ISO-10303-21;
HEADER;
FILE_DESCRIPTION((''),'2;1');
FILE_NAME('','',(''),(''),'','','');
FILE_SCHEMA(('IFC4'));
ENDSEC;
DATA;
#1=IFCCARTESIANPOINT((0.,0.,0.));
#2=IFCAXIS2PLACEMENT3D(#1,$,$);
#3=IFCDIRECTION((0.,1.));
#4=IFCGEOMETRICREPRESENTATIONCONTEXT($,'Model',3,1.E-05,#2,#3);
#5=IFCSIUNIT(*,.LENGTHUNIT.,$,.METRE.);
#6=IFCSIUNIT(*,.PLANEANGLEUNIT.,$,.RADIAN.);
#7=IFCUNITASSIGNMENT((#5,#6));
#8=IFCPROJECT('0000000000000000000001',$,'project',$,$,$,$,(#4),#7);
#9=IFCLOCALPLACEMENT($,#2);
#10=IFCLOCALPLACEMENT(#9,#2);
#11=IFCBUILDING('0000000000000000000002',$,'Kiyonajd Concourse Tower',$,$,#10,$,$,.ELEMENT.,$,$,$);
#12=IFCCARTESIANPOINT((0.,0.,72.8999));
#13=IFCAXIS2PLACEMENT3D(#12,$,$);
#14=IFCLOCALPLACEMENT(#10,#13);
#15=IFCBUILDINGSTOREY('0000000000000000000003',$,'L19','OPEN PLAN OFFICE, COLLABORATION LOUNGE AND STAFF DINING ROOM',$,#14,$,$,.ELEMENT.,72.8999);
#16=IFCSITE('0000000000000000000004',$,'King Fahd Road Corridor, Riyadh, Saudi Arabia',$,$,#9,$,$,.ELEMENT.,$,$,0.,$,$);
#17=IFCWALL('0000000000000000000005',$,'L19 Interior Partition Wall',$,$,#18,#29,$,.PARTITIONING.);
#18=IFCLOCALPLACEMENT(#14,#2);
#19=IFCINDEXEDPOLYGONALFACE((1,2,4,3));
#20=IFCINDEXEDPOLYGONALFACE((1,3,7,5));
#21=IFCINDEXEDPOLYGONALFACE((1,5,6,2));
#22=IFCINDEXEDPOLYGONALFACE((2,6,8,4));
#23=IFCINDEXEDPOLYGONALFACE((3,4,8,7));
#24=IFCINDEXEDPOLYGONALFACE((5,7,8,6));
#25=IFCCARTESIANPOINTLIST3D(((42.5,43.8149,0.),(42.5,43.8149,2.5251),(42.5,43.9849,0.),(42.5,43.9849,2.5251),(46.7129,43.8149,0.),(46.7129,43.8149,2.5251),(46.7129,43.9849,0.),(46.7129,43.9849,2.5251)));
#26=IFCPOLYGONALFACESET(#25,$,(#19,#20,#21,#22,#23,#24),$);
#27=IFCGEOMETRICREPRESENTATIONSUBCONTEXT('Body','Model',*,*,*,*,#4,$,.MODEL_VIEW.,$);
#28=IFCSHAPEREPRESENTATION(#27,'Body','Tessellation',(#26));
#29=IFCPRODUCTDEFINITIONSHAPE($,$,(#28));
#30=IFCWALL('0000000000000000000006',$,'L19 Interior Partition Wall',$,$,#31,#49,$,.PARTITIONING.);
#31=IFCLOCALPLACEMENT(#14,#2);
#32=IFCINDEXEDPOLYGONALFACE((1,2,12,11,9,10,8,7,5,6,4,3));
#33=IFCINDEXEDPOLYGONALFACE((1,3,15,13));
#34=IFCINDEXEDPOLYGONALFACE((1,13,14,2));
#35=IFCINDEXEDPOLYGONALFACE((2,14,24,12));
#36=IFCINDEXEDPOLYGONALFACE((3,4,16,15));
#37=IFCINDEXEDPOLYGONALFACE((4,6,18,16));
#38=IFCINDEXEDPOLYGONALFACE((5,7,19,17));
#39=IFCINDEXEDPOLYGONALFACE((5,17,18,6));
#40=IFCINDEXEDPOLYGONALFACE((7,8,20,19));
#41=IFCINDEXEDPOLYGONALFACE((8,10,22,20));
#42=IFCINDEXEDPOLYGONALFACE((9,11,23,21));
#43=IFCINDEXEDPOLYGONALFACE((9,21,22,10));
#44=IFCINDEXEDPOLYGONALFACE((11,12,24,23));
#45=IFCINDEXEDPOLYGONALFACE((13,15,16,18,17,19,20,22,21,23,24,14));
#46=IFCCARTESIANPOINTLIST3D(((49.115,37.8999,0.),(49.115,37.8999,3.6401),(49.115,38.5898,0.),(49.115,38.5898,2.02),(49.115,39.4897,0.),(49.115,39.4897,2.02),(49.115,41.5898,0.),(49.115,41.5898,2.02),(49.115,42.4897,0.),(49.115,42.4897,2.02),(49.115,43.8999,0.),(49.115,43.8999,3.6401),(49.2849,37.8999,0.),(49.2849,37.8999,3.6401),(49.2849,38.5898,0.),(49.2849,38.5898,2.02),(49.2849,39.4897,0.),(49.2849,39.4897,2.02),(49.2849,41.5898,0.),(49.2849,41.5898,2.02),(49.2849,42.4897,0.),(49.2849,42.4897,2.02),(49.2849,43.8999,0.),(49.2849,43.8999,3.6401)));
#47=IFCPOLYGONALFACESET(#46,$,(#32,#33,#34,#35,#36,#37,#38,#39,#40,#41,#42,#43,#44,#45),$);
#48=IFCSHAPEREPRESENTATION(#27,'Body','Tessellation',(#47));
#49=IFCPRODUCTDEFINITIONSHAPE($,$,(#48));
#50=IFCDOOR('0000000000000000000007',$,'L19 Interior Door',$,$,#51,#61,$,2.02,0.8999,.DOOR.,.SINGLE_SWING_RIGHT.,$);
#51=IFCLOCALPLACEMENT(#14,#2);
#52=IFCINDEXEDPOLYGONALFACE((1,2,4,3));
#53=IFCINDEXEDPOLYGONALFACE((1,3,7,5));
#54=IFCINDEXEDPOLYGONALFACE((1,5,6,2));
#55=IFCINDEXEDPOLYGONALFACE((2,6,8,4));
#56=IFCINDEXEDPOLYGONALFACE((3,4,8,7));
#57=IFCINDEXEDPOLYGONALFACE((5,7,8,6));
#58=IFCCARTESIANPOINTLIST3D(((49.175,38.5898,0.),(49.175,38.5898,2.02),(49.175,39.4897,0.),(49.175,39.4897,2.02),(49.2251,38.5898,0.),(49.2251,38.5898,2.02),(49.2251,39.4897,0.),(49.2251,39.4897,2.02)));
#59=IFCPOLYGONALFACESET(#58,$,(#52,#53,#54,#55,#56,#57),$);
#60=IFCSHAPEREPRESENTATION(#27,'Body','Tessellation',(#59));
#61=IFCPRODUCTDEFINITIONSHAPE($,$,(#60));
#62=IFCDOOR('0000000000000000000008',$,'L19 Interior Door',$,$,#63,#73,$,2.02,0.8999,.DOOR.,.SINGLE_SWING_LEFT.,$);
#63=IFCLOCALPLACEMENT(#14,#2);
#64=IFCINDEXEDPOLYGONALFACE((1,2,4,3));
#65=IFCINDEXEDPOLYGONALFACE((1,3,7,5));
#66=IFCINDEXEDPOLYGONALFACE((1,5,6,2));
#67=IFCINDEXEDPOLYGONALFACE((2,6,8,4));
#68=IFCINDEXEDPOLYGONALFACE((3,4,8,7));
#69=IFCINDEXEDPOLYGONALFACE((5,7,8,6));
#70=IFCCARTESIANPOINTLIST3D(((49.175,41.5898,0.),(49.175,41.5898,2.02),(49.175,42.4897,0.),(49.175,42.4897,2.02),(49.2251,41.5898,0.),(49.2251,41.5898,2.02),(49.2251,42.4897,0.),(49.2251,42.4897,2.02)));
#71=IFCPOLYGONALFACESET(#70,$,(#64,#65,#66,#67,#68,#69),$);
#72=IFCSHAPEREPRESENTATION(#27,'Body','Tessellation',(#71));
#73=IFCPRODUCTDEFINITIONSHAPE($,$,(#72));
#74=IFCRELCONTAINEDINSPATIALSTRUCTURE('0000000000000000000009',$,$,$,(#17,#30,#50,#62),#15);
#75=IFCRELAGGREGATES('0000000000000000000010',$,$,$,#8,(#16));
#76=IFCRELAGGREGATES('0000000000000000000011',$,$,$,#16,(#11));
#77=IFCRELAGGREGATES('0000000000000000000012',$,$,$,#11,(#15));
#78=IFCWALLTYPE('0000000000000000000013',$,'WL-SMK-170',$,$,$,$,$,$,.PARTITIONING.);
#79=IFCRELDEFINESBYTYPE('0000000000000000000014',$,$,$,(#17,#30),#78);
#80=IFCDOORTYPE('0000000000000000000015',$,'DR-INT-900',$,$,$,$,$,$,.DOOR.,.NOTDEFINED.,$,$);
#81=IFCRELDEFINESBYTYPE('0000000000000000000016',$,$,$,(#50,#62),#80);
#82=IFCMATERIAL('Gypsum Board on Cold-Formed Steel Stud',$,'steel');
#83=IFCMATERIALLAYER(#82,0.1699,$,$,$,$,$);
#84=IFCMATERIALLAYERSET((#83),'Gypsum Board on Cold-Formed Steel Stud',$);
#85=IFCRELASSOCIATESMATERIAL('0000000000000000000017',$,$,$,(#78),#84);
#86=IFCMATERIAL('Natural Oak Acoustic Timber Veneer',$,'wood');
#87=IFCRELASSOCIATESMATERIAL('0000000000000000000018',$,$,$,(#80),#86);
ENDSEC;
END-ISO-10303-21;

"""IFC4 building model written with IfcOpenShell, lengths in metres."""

from ifc_helpers import new_model, si_unit, direction, frame, frame_2d, origin, place, context, subcontext, project, spatial, rectangle, extrude, material, layer, layer_set, type_object, element, fill, save


model = new_model("IFC4")

# Units and contexts
model_context = context("Model", 3, precision=1e-05, world=origin(), true_north=direction((0.0, 1.0)))
body_context = subcontext(model_context, "Body", "Model", "MODEL_VIEW")
ifc_project = project(units=[si_unit("LENGTHUNIT", "METRE"), si_unit("PLANEANGLEUNIT", "RADIAN")], contexts=[model_context])

# Site, building, storey
site_placement = place(None, origin())
site = spatial("IfcSite", under=ifc_project, at=site_placement, Name="King Fahd Road Corridor, Riyadh, Saudi Arabia", CompositionType="ELEMENT", RefElevation=0.0)
building_placement = place(site_placement, origin())
building = spatial("IfcBuilding", under=site, at=building_placement, Name="Kiyonajd Concourse Tower", CompositionType="ELEMENT")
storey_placement = place(building_placement, frame((0.0, 0.0, 72.8999)))
storey = spatial("IfcBuildingStorey", under=building, at=storey_placement, Name="L19", Description="OPEN PLAN OFFICE, COLLABORATION LOUNGE AND STAFF DINING ROOM", CompositionType="ELEMENT", Elevation=72.8999)

# Shared definitions
ifc_material_1 = material(Name="Gypsum Board on Cold-Formed Steel Stud", Category="steel")

# Shared definitions
ifc_layer_1 = layer(ifc_material_1, 0.1699)
ifc_layer_set_1 = layer_set([ifc_layer_1], Name="Gypsum Board on Cold-Formed Steel Stud")
wall_type_1 = type_object("IfcWallType", Name="WL-SMK-170", PredefinedType="PARTITIONING", material=ifc_layer_set_1)
ifc_material_2 = material(Name="Natural Oak Acoustic Timber Veneer", Category="wood")
door_type = type_object("IfcDoorType", Name="DR-INT-900", OperationType="NOTDEFINED", PredefinedType="DOOR", material=ifc_material_2)

# Wall
wall_1_placement = place(storey_placement, frame((42.5, 43.8999, 0.0), z_axis=(0.0, 0.0, 1.0), x_axis=(1.0, 0.0, 0.0)))
element("IfcWall", 1, at=wall_1_placement, inside=storey, type_object=wall_type_1, Name="L19 Interior Partition Wall", PredefinedType="PARTITIONING", context=body_context, shape_type="SweptSolid", body=[
    extrude(rectangle(XDim=4.2129, YDim=0.1699, at=frame_2d((2.1064, 0.0))), origin(), (0.0, 0.0, 1.0), 2.5251),
])

# Wall, openings, doors
wall_2_placement = place(storey_placement, frame((49.2, 37.8999, 0.0), z_axis=(0.0, 0.0, 1.0), x_axis=(0.0, 1.0, 0.0)))
wall_2 = element("IfcWall", 2, at=wall_2_placement, inside=storey, type_object=wall_type_1, Name="L19 Interior Partition Wall", PredefinedType="PARTITIONING", context=body_context, shape_type="SweptSolid", body=[
    extrude(rectangle(XDim=6.0, YDim=0.1699, at=frame_2d((3.0, 0.0))), origin(), (0.0, 0.0, 1.0), 3.6401),
])
opening_1_placement = place(wall_2_placement, frame((0.6899, 0.0, 0.0)))
opening_1 = element("IfcOpeningElement", 3, at=opening_1_placement, cuts=wall_2, PredefinedType="OPENING", context=body_context, shape_type="SweptSolid", body=[
    extrude(rectangle(XDim=0.8999, YDim=2.02, at=frame_2d((0.45, 1.01))), frame((0.0, 0.095, 0.0), z_axis=(0.0, -1.0, 0.0), x_axis=(1.0, 0.0, 0.0)), (0.0, 0.0, 1.0), 0.1899),
])
opening_2_placement = place(wall_2_placement, frame((3.6899, 0.0, 0.0)))
opening_2 = element("IfcOpeningElement", 4, at=opening_2_placement, cuts=wall_2, PredefinedType="OPENING", context=body_context, shape_type="SweptSolid", body=[
    extrude(rectangle(XDim=0.8999, YDim=2.02, at=frame_2d((0.45, 1.01))), frame((0.0, 0.095, 0.0), z_axis=(0.0, -1.0, 0.0), x_axis=(1.0, 0.0, 0.0)), (0.0, 0.0, 1.0), 0.1899),
])
door_1_placement = place(opening_1_placement, origin())
door_1 = element("IfcDoor", 5, at=door_1_placement, inside=storey, type_object=door_type, Name="L19 Interior Door", OperationType="SINGLE_SWING_RIGHT", OverallHeight=2.02, OverallWidth=0.8999, PredefinedType="DOOR", context=body_context, shape_type="SweptSolid", body=[
    extrude(rectangle(XDim=0.8999, YDim=2.02, at=frame_2d((0.45, 1.01))), frame((0.0, 0.0249, 0.0), z_axis=(0.0, -1.0, 0.0), x_axis=(1.0, 0.0, 0.0)), (0.0, 0.0, 1.0), 0.05),
])
fill(opening_1, door_1)
door_2_placement = place(opening_2_placement, origin())
door_2 = element("IfcDoor", 6, at=door_2_placement, inside=storey, type_object=door_type, Name="L19 Interior Door", OperationType="SINGLE_SWING_LEFT", OverallHeight=2.02, OverallWidth=0.8999, PredefinedType="DOOR", context=body_context, shape_type="SweptSolid", body=[
    extrude(rectangle(XDim=0.8999, YDim=2.02, at=frame_2d((0.45, 1.01))), frame((0.0, 0.0249, 0.0), z_axis=(0.0, -1.0, 0.0), x_axis=(1.0, 0.0, 0.0)), (0.0, 0.0, 1.0), 0.05),
])
fill(opening_2, door_2)

save(model, "model.ifc")
